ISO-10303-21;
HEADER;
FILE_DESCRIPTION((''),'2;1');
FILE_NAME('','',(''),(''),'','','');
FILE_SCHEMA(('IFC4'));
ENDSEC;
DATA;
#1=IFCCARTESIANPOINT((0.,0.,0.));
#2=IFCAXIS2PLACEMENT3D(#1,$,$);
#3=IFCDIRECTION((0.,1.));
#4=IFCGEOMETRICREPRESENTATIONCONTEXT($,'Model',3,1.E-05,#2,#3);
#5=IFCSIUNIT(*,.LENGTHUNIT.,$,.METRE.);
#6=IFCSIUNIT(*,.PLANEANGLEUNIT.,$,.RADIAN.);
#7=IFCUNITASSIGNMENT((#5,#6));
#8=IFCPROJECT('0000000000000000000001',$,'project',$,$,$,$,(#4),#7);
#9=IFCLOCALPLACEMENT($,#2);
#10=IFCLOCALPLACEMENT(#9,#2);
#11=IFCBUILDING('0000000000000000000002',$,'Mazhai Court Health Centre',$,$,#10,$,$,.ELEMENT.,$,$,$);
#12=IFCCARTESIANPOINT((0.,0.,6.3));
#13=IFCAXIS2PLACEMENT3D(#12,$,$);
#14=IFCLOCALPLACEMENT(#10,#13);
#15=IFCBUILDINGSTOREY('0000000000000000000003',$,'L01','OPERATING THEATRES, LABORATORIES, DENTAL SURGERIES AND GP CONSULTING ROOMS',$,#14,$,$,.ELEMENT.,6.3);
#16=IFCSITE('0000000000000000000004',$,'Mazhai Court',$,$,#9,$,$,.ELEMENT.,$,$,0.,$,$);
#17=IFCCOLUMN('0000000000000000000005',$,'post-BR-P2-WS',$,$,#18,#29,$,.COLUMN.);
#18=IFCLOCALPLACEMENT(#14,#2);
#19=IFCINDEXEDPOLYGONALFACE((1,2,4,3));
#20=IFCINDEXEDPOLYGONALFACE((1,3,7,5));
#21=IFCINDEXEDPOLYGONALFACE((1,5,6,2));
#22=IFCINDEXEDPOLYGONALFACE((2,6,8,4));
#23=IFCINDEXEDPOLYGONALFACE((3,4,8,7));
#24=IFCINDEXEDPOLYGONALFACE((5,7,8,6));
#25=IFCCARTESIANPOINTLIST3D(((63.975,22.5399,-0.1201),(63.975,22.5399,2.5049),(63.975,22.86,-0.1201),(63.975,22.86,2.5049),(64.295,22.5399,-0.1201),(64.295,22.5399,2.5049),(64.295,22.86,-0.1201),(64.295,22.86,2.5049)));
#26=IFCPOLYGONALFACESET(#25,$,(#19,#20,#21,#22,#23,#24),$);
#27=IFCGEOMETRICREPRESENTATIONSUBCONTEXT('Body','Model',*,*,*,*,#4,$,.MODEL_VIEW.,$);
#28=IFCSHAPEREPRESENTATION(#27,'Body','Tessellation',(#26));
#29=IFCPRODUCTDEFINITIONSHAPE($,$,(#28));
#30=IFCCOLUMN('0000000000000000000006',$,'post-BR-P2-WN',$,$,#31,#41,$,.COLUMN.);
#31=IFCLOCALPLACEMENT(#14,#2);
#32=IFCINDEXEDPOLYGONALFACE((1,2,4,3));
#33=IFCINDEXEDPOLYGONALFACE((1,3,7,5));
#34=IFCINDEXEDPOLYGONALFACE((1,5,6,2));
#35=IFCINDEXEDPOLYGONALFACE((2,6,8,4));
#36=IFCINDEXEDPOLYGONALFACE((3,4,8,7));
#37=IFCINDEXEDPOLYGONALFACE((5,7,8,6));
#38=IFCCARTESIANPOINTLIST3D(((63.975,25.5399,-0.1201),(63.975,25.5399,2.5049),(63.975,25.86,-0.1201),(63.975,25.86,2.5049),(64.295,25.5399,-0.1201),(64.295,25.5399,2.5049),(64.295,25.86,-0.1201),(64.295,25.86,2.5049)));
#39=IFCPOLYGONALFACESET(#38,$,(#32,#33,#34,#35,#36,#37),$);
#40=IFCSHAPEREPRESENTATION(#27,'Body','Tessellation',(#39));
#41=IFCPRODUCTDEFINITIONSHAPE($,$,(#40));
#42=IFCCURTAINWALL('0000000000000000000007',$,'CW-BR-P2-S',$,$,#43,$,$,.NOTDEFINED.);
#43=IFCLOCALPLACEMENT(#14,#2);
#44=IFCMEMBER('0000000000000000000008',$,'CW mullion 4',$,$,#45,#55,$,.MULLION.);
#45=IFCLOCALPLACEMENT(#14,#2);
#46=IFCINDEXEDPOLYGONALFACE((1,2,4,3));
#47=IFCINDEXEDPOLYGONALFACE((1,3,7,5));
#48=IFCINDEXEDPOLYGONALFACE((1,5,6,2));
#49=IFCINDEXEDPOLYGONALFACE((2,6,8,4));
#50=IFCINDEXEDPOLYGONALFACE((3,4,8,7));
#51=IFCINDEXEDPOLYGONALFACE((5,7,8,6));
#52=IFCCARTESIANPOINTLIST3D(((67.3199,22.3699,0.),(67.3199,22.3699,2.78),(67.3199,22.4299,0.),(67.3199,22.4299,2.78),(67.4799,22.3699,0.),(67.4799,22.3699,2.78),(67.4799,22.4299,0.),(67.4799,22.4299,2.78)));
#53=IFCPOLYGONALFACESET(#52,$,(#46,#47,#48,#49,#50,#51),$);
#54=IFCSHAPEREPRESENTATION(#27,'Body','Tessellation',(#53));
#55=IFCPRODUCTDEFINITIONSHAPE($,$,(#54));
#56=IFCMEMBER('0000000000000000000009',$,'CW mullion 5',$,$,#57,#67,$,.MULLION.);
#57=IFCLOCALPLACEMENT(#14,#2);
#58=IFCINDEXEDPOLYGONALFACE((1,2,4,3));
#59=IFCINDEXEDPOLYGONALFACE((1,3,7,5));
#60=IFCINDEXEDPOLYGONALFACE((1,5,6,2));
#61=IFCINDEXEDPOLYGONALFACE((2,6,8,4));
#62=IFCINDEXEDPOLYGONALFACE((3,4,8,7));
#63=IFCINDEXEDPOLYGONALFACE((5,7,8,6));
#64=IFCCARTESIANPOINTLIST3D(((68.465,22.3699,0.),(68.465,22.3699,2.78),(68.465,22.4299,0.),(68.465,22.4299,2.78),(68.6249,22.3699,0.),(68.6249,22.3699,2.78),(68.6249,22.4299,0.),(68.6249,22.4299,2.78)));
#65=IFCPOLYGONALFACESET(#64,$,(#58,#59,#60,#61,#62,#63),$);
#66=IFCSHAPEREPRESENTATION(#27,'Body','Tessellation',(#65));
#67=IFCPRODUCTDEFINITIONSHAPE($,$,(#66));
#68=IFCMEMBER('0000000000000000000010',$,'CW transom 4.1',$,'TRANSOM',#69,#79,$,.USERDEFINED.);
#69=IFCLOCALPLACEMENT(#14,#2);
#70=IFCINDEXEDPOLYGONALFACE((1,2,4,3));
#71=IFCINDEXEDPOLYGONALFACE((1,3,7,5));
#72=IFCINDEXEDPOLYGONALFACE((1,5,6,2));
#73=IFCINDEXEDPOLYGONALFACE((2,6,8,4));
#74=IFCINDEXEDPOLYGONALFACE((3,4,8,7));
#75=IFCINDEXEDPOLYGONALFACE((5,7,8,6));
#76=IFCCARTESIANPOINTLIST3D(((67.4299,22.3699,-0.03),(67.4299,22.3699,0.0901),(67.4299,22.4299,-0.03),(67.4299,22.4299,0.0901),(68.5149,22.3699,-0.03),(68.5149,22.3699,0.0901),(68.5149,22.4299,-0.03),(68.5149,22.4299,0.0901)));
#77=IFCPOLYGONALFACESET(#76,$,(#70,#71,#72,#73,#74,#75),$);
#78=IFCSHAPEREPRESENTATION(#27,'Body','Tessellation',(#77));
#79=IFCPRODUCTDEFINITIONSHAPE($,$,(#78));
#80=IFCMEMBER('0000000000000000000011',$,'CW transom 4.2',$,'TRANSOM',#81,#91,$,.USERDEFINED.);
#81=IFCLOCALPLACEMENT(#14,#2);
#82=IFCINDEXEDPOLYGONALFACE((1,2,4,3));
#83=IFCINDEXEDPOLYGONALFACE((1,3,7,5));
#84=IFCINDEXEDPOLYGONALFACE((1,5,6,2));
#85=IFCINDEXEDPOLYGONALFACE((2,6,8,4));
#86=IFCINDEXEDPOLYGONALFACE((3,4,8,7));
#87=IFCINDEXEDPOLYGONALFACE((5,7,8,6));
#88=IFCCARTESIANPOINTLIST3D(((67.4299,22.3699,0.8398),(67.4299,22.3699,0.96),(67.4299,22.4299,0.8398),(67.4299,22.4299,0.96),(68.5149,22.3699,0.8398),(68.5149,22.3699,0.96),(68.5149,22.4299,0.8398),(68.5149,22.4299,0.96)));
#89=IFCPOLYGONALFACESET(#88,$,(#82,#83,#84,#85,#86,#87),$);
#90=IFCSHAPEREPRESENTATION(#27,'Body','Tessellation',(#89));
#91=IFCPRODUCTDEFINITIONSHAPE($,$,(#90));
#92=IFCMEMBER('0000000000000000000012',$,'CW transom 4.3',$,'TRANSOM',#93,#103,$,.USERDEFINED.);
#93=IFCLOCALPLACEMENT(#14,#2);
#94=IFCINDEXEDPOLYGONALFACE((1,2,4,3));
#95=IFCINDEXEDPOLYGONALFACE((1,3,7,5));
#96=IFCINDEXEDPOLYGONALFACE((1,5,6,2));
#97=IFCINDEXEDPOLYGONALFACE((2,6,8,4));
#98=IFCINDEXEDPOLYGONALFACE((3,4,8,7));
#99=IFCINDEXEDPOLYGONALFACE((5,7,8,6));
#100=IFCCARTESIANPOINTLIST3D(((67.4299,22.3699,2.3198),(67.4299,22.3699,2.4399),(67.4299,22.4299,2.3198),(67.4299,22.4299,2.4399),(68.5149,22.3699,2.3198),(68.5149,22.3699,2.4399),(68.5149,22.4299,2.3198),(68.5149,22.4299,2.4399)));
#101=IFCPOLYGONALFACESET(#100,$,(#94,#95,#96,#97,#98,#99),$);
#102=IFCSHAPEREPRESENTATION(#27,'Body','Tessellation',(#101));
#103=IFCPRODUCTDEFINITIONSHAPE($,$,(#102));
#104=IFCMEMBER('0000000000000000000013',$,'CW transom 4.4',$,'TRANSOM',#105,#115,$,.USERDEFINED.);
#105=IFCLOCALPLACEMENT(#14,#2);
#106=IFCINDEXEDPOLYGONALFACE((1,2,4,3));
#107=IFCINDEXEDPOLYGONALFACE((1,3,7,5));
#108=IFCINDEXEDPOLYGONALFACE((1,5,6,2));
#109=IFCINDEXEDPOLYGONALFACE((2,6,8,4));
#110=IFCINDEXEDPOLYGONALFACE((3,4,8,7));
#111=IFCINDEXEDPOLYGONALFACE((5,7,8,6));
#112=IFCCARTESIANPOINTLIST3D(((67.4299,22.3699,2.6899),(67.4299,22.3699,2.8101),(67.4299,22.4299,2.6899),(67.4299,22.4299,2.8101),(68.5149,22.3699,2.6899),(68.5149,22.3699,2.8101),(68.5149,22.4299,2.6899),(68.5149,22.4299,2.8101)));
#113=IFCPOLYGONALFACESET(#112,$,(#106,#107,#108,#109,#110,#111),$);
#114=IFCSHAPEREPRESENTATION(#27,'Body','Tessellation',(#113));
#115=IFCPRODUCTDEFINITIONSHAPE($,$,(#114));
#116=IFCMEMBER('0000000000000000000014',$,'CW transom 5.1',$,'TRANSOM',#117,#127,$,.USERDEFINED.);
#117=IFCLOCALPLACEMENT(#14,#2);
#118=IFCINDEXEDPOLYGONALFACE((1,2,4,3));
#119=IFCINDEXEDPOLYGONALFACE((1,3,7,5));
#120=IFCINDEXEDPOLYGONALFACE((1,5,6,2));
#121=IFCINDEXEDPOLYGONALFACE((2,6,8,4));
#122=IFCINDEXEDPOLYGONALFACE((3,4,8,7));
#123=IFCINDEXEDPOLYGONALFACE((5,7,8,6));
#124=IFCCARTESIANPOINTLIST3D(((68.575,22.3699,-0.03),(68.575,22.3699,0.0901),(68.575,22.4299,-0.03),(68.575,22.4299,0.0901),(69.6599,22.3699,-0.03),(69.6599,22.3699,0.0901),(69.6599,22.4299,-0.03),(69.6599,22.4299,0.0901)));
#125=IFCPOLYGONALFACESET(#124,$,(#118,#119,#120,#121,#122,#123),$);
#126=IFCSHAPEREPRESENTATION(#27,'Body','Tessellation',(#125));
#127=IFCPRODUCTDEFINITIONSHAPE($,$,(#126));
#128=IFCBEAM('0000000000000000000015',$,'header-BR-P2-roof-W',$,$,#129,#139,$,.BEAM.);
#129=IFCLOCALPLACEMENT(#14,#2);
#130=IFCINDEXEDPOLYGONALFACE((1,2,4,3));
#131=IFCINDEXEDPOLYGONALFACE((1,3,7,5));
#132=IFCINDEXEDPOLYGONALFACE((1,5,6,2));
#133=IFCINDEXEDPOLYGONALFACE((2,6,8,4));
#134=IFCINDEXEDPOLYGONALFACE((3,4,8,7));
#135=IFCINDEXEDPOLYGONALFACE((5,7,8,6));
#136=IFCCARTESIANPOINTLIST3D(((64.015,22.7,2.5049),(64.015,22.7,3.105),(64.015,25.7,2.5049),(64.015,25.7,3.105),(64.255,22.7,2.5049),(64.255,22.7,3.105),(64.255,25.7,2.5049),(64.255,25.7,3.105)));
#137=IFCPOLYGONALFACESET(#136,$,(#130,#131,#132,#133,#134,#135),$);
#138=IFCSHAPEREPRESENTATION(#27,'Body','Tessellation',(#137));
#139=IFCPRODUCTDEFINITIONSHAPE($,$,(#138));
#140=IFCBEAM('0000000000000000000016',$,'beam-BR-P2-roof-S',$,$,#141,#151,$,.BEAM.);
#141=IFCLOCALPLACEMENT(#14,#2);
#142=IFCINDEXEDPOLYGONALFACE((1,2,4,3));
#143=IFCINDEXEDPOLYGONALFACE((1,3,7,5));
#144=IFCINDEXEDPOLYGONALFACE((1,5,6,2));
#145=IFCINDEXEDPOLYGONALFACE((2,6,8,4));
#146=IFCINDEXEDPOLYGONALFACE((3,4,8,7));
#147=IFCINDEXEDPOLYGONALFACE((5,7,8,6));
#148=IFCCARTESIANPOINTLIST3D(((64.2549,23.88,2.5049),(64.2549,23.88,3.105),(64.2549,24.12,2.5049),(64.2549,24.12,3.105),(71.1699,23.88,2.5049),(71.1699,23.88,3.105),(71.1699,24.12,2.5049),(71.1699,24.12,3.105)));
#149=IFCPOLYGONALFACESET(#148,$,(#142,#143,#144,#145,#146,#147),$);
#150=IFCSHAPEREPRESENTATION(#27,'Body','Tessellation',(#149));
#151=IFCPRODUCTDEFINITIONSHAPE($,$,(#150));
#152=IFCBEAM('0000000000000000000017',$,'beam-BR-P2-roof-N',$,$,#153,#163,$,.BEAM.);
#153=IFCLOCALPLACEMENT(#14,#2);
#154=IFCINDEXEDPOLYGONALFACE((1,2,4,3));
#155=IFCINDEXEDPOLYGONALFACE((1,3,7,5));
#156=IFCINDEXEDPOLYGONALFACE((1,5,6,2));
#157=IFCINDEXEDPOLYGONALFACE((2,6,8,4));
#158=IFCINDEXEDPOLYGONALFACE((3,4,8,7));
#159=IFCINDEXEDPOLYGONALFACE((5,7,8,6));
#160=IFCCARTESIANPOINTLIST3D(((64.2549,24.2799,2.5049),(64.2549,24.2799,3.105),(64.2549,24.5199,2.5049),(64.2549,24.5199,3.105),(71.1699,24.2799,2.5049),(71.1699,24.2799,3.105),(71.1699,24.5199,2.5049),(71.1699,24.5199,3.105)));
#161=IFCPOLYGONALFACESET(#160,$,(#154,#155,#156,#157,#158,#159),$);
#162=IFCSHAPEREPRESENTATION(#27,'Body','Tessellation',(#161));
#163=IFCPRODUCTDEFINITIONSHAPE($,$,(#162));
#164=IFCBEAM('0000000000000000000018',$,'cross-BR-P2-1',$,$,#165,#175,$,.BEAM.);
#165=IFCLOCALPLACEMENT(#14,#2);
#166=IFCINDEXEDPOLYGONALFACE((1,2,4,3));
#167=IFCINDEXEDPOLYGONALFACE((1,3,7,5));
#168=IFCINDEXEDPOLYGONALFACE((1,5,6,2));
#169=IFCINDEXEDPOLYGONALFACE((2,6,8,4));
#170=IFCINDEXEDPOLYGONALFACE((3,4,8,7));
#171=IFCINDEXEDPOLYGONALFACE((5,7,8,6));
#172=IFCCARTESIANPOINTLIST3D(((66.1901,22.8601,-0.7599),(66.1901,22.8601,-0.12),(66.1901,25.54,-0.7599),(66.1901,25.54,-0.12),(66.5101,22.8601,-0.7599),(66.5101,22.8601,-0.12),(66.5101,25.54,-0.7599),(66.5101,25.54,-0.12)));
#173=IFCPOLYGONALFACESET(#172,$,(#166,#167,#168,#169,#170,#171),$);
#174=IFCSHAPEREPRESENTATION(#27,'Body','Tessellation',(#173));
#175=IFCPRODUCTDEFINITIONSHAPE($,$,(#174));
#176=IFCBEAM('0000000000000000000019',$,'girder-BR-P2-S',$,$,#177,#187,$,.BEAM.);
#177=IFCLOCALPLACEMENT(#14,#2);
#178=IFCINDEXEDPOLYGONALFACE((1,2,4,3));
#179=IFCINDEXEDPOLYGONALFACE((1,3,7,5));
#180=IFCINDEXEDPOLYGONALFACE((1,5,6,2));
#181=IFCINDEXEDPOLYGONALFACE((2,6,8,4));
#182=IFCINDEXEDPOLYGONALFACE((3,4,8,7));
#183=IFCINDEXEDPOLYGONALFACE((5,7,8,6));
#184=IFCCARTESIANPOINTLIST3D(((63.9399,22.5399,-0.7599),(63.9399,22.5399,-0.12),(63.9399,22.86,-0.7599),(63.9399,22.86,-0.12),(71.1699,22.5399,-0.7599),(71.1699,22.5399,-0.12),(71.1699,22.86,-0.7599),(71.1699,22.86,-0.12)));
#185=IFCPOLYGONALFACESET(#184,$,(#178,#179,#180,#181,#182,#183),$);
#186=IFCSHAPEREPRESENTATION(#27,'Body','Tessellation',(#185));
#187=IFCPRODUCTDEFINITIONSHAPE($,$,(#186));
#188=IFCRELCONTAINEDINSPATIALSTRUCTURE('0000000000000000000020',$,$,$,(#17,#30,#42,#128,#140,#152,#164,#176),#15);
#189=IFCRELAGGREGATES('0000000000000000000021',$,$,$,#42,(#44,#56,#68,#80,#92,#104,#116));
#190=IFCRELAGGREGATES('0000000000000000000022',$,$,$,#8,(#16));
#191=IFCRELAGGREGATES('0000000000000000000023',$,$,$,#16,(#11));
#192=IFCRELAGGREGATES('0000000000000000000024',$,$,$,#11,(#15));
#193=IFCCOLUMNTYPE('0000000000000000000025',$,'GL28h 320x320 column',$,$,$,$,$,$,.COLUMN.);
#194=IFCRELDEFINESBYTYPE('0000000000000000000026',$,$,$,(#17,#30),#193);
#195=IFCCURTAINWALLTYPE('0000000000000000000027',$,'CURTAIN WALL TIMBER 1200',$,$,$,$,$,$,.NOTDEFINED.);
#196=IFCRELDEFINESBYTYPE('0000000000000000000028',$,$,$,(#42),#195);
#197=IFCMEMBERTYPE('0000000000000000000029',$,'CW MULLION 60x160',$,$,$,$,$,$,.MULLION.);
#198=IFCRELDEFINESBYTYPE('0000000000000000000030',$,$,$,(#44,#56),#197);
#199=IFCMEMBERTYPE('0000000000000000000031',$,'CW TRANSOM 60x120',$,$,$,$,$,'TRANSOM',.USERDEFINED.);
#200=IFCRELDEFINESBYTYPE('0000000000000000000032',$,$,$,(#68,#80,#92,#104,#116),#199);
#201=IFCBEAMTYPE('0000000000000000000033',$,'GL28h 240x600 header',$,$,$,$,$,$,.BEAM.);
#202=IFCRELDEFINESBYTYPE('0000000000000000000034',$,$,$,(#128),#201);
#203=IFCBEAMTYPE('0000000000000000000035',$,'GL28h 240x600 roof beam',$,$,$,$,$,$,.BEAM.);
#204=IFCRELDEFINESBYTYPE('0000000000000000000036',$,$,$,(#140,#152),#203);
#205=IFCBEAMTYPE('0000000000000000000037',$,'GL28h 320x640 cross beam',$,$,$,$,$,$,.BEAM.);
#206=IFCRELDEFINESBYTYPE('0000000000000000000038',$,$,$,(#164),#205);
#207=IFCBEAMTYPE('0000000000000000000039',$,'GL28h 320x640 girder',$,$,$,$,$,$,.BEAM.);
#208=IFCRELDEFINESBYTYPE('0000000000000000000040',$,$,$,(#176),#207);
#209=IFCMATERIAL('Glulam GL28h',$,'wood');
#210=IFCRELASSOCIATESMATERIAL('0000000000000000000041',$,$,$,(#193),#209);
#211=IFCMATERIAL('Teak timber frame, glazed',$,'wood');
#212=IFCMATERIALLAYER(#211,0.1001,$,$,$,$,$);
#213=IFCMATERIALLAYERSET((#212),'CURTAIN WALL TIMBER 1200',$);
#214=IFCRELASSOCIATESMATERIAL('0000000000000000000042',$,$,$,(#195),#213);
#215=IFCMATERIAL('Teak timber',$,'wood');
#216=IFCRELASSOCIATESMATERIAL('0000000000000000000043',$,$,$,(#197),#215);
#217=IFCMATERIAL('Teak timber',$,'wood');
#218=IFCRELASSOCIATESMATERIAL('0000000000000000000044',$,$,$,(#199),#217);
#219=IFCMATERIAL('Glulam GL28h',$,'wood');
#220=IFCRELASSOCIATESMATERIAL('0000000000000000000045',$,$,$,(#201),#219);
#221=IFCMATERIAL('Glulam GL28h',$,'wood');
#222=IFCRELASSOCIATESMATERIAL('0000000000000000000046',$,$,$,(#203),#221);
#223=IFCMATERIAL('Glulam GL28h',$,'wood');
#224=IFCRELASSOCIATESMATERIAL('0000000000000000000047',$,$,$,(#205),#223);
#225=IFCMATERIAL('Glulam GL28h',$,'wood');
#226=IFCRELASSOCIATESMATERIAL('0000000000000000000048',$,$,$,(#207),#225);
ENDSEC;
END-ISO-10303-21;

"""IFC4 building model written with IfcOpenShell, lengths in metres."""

from ifc_helpers import new_model, si_unit, direction, frame, origin, origin_2d, place, context, subcontext, project, spatial, rectangle, extrude, material, layer, layer_set, material_profile, profile_set, type_object, element, aggregate, save


model = new_model("IFC4")

# Units and contexts
model_context = context("Model", 3, precision=1e-05, world=origin(), true_north=direction((0.0, 1.0)))
body_context = subcontext(model_context, "Body", "Model", "MODEL_VIEW")
ifc_project = project(units=[si_unit("LENGTHUNIT", "METRE"), si_unit("PLANEANGLEUNIT", "RADIAN")], contexts=[model_context])

# Site, building, storey
site_placement = place(None, origin())
site = spatial("IfcSite", under=ifc_project, at=site_placement, Name="Mazhai Court", CompositionType="ELEMENT", RefElevation=0.0)
building_placement = place(site_placement, origin())
building = spatial("IfcBuilding", under=site, at=building_placement, Name="Mazhai Court Health Centre", CompositionType="ELEMENT")
storey_placement = place(building_placement, frame((0.0, 0.0, 6.3)))
storey = spatial("IfcBuildingStorey", under=building, at=storey_placement, Name="L01", Description="OPERATING THEATRES, LABORATORIES, DENTAL SURGERIES AND GP CONSULTING ROOMS", CompositionType="ELEMENT", Elevation=6.3)

# Columns
ifc_material_1 = material(Name="Glulam GL28h", Category="wood")
ifc_material_profile_1 = material_profile(ifc_material_1, rectangle(XDim=0.3201, YDim=0.3201, at=origin_2d()), Name="GL28h 320x320")
ifc_profile_set_1 = profile_set([ifc_material_profile_1], Name="Glulam GL28h")
column_type = type_object("IfcColumnType", Name="GL28h 320x320 column", PredefinedType="COLUMN", material=ifc_profile_set_1)
for number, where, z_axis, x_axis, name in (
    (1, (64.135, 22.7, -0.1201), (0.0, 0.0, 1.0), (1.0, 0.0, 0.0), "post-BR-P2-WS"),
    (2, (64.135, 25.7, -0.1201), (0.0, 0.0, 1.0), (1.0, 0.0, 0.0), "post-BR-P2-WN"),
):
    element("IfcColumn", number, at=place(storey_placement, frame(where, z_axis=z_axis, x_axis=x_axis)), inside=storey, type_object=column_type, Name=name, PredefinedType="COLUMN", context=body_context, shape_type="SweptSolid", body=[
        extrude(rectangle(XDim=0.3201, YDim=0.3201, at=origin_2d()), origin(), (0.0, 0.0, 1.0), 2.625),
    ])

# Curtain wall, members
ifc_material_2 = material(Name="Teak timber frame, glazed", Category="wood")
ifc_layer_1 = layer(ifc_material_2, 0.1001)
ifc_layer_set_1 = layer_set([ifc_layer_1], Name="CURTAIN WALL TIMBER 1200")
curtain_wall_type = type_object("IfcCurtainWallType", Name="CURTAIN WALL TIMBER 1200", PredefinedType="NOTDEFINED", material=ifc_layer_set_1)
curtain_wall_placement = place(storey_placement, origin())
curtain_wall = element("IfcCurtainWall", 3, at=curtain_wall_placement, inside=storey, type_object=curtain_wall_type, Name="CW-BR-P2-S", PredefinedType="NOTDEFINED")
ifc_material_3 = material(Name="Teak timber", Category="wood")
ifc_material_profile_2 = material_profile(ifc_material_3, rectangle(XDim=0.0601, YDim=0.1599, at=origin_2d()), Name="CW MULLION 60x160")
ifc_profile_set_2 = profile_set([ifc_material_profile_2], Name="Teak timber")
member_type_1 = type_object("IfcMemberType", Name="CW MULLION 60x160", PredefinedType="MULLION", material=ifc_profile_set_2)
member_1_placement = place(storey_placement, frame((67.3999, 22.3999, 0.0), z_axis=(0.0, 0.0, 1.0), x_axis=(0.0, 1.0, 0.0)))
member_1 = element("IfcMember", 4, at=member_1_placement, type_object=member_type_1, Name="CW mullion 4", PredefinedType="MULLION", context=body_context, shape_type="SweptSolid", body=[
    extrude(rectangle(XDim=0.0601, YDim=0.1599, at=origin_2d()), origin(), (0.0, 0.0, 1.0), 2.78),
])
member_2_placement = place(storey_placement, frame((68.5449, 22.3999, 0.0), z_axis=(0.0, 0.0, 1.0), x_axis=(0.0, 1.0, 0.0)))
member_2 = element("IfcMember", 5, at=member_2_placement, type_object=member_type_1, Name="CW mullion 5", PredefinedType="MULLION", context=body_context, shape_type="SweptSolid", body=[
    extrude(rectangle(XDim=0.0601, YDim=0.1599, at=origin_2d()), origin(), (0.0, 0.0, 1.0), 2.78),
])
ifc_material_4 = material(Name="Teak timber", Category="wood")
ifc_material_profile_3 = material_profile(ifc_material_4, rectangle(XDim=0.0601, YDim=0.1201, at=origin_2d()), Name="CW TRANSOM 60x120")
ifc_profile_set_3 = profile_set([ifc_material_profile_3], Name="Teak timber")
member_type_2 = type_object("IfcMemberType", Name="CW TRANSOM 60x120", ElementType="TRANSOM", PredefinedType="USERDEFINED", material=ifc_profile_set_3)
member_3_placement = place(storey_placement, frame((67.4299, 22.3999, 0.03), z_axis=(1.0, 0.0, 0.0), x_axis=(0.0, 1.0, 0.0)))
member_3 = element("IfcMember", 6, at=member_3_placement, type_object=member_type_2, Name="CW transom 4.1", ObjectType="TRANSOM", PredefinedType="USERDEFINED", context=body_context, shape_type="SweptSolid", body=[
    extrude(rectangle(XDim=0.0601, YDim=0.1201, at=origin_2d()), origin(), (0.0, 0.0, 1.0), 1.085),
])
member_4_placement = place(storey_placement, frame((67.4299, 22.3999, 0.8999), z_axis=(1.0, 0.0, 0.0), x_axis=(0.0, 1.0, 0.0)))
member_4 = element("IfcMember", 7, at=member_4_placement, type_object=member_type_2, Name="CW transom 4.2", ObjectType="TRANSOM", PredefinedType="USERDEFINED", context=body_context, shape_type="SweptSolid", body=[
    extrude(rectangle(XDim=0.0601, YDim=0.1201, at=origin_2d()), origin(), (0.0, 0.0, 1.0), 1.085),
])
member_5_placement = place(storey_placement, frame((67.4299, 22.3999, 2.3799), z_axis=(1.0, 0.0, 0.0), x_axis=(0.0, 1.0, 0.0)))
member_5 = element("IfcMember", 8, at=member_5_placement, type_object=member_type_2, Name="CW transom 4.3", ObjectType="TRANSOM", PredefinedType="USERDEFINED", context=body_context, shape_type="SweptSolid", body=[
    extrude(rectangle(XDim=0.0601, YDim=0.1201, at=origin_2d()), origin(), (0.0, 0.0, 1.0), 1.085),
])
member_6_placement = place(storey_placement, frame((67.4299, 22.3999, 2.75), z_axis=(1.0, 0.0, 0.0), x_axis=(0.0, 1.0, 0.0)))
member_6 = element("IfcMember", 9, at=member_6_placement, type_object=member_type_2, Name="CW transom 4.4", ObjectType="TRANSOM", PredefinedType="USERDEFINED", context=body_context, shape_type="SweptSolid", body=[
    extrude(rectangle(XDim=0.0601, YDim=0.1201, at=origin_2d()), origin(), (0.0, 0.0, 1.0), 1.085),
])
member_7_placement = place(storey_placement, frame((68.575, 22.3999, 0.03), z_axis=(1.0, 0.0, 0.0), x_axis=(0.0, 1.0, 0.0)))
member_7 = element("IfcMember", 10, at=member_7_placement, type_object=member_type_2, Name="CW transom 5.1", ObjectType="TRANSOM", PredefinedType="USERDEFINED", context=body_context, shape_type="SweptSolid", body=[
    extrude(rectangle(XDim=0.0601, YDim=0.1201, at=origin_2d()), origin(), (0.0, 0.0, 1.0), 1.085),
])

# Beams
ifc_material_5 = material(Name="Glulam GL28h", Category="wood")
ifc_material_profile_4 = material_profile(ifc_material_5, rectangle(XDim=0.24, YDim=0.6001, at=origin_2d()), Name="GL28h 240x600")
ifc_profile_set_4 = profile_set([ifc_material_profile_4], Name="Glulam GL28h")
beam_type_1 = type_object("IfcBeamType", Name="GL28h 240x600 header", PredefinedType="BEAM", material=ifc_profile_set_4)
beam_1_placement = place(storey_placement, frame((64.135, 22.7, 2.8049), z_axis=(0.0, 1.0, 0.0), x_axis=(-1.0, 0.0, 0.0)))
element("IfcBeam", 11, at=beam_1_placement, inside=storey, type_object=beam_type_1, Name="header-BR-P2-roof-W", PredefinedType="BEAM", context=body_context, shape_type="SweptSolid", body=[
    extrude(rectangle(XDim=0.24, YDim=0.6001, at=origin_2d()), origin(), (0.0, 0.0, 1.0), 3.0),
])
ifc_material_6 = material(Name="Glulam GL28h", Category="wood")
ifc_material_profile_5 = material_profile(ifc_material_6, rectangle(XDim=0.24, YDim=0.6001, at=origin_2d()), Name="GL28h 240x600")
ifc_profile_set_5 = profile_set([ifc_material_profile_5], Name="Glulam GL28h")
beam_type_2 = type_object("IfcBeamType", Name="GL28h 240x600 roof beam", PredefinedType="BEAM", material=ifc_profile_set_5)
for number, where, z_axis, x_axis, name in (
    (12, (64.2549, 24.0, 2.8049), (1.0, 0.0, 0.0), (0.0, 1.0, 0.0), "beam-BR-P2-roof-S"),
    (13, (64.2549, 24.3999, 2.8049), (1.0, 0.0, 0.0), (0.0, 1.0, 0.0), "beam-BR-P2-roof-N"),
):
    element("IfcBeam", number, at=place(storey_placement, frame(where, z_axis=z_axis, x_axis=x_axis)), inside=storey, type_object=beam_type_2, Name=name, PredefinedType="BEAM", context=body_context, shape_type="SweptSolid", body=[
        extrude(rectangle(XDim=0.24, YDim=0.6001, at=origin_2d()), origin(), (0.0, 0.0, 1.0), 6.915),
    ])
ifc_material_7 = material(Name="Glulam GL28h", Category="wood")
ifc_material_profile_6 = material_profile(ifc_material_7, rectangle(XDim=0.3201, YDim=0.6399, at=origin_2d()), Name="GL28h 320x640")
ifc_profile_set_6 = profile_set([ifc_material_profile_6], Name="Glulam GL28h")
beam_type_3 = type_object("IfcBeamType", Name="GL28h 320x640 cross beam", PredefinedType="BEAM", material=ifc_profile_set_6)
beam_2_placement = place(storey_placement, frame((66.3501, 22.8601, -0.4399), z_axis=(0.0, 1.0, 0.0), x_axis=(-1.0, 0.0, 0.0)))
element("IfcBeam", 14, at=beam_2_placement, inside=storey, type_object=beam_type_3, Name="cross-BR-P2-1", PredefinedType="BEAM", context=body_context, shape_type="SweptSolid", body=[
    extrude(rectangle(XDim=0.3201, YDim=0.6399, at=origin_2d()), origin(), (0.0, 0.0, 1.0), 2.6799),
])
ifc_material_8 = material(Name="Glulam GL28h", Category="wood")
ifc_material_profile_7 = material_profile(ifc_material_8, rectangle(XDim=0.3201, YDim=0.6399, at=origin_2d()), Name="GL28h 320x640")
ifc_profile_set_7 = profile_set([ifc_material_profile_7], Name="Glulam GL28h")
beam_type_4 = type_object("IfcBeamType", Name="GL28h 320x640 girder", PredefinedType="BEAM", material=ifc_profile_set_7)
for number, where, z_axis, x_axis, name in (
    (15, (63.9399, 22.7, -0.4399), (1.0, 0.0, 0.0), (0.0, 1.0, 0.0), "girder-BR-P2-S"),
):
    element("IfcBeam", number, at=place(storey_placement, frame(where, z_axis=z_axis, x_axis=x_axis)), inside=storey, type_object=beam_type_4, Name=name, PredefinedType="BEAM", context=body_context, shape_type="SweptSolid", body=[
        extrude(rectangle(XDim=0.3201, YDim=0.6399, at=origin_2d()), origin(), (0.0, 0.0, 1.0), 7.23),
    ])

aggregate(curtain_wall, [member_1, member_2, member_3, member_4, member_5, member_6, member_7])

save(model, "model.ifc")
